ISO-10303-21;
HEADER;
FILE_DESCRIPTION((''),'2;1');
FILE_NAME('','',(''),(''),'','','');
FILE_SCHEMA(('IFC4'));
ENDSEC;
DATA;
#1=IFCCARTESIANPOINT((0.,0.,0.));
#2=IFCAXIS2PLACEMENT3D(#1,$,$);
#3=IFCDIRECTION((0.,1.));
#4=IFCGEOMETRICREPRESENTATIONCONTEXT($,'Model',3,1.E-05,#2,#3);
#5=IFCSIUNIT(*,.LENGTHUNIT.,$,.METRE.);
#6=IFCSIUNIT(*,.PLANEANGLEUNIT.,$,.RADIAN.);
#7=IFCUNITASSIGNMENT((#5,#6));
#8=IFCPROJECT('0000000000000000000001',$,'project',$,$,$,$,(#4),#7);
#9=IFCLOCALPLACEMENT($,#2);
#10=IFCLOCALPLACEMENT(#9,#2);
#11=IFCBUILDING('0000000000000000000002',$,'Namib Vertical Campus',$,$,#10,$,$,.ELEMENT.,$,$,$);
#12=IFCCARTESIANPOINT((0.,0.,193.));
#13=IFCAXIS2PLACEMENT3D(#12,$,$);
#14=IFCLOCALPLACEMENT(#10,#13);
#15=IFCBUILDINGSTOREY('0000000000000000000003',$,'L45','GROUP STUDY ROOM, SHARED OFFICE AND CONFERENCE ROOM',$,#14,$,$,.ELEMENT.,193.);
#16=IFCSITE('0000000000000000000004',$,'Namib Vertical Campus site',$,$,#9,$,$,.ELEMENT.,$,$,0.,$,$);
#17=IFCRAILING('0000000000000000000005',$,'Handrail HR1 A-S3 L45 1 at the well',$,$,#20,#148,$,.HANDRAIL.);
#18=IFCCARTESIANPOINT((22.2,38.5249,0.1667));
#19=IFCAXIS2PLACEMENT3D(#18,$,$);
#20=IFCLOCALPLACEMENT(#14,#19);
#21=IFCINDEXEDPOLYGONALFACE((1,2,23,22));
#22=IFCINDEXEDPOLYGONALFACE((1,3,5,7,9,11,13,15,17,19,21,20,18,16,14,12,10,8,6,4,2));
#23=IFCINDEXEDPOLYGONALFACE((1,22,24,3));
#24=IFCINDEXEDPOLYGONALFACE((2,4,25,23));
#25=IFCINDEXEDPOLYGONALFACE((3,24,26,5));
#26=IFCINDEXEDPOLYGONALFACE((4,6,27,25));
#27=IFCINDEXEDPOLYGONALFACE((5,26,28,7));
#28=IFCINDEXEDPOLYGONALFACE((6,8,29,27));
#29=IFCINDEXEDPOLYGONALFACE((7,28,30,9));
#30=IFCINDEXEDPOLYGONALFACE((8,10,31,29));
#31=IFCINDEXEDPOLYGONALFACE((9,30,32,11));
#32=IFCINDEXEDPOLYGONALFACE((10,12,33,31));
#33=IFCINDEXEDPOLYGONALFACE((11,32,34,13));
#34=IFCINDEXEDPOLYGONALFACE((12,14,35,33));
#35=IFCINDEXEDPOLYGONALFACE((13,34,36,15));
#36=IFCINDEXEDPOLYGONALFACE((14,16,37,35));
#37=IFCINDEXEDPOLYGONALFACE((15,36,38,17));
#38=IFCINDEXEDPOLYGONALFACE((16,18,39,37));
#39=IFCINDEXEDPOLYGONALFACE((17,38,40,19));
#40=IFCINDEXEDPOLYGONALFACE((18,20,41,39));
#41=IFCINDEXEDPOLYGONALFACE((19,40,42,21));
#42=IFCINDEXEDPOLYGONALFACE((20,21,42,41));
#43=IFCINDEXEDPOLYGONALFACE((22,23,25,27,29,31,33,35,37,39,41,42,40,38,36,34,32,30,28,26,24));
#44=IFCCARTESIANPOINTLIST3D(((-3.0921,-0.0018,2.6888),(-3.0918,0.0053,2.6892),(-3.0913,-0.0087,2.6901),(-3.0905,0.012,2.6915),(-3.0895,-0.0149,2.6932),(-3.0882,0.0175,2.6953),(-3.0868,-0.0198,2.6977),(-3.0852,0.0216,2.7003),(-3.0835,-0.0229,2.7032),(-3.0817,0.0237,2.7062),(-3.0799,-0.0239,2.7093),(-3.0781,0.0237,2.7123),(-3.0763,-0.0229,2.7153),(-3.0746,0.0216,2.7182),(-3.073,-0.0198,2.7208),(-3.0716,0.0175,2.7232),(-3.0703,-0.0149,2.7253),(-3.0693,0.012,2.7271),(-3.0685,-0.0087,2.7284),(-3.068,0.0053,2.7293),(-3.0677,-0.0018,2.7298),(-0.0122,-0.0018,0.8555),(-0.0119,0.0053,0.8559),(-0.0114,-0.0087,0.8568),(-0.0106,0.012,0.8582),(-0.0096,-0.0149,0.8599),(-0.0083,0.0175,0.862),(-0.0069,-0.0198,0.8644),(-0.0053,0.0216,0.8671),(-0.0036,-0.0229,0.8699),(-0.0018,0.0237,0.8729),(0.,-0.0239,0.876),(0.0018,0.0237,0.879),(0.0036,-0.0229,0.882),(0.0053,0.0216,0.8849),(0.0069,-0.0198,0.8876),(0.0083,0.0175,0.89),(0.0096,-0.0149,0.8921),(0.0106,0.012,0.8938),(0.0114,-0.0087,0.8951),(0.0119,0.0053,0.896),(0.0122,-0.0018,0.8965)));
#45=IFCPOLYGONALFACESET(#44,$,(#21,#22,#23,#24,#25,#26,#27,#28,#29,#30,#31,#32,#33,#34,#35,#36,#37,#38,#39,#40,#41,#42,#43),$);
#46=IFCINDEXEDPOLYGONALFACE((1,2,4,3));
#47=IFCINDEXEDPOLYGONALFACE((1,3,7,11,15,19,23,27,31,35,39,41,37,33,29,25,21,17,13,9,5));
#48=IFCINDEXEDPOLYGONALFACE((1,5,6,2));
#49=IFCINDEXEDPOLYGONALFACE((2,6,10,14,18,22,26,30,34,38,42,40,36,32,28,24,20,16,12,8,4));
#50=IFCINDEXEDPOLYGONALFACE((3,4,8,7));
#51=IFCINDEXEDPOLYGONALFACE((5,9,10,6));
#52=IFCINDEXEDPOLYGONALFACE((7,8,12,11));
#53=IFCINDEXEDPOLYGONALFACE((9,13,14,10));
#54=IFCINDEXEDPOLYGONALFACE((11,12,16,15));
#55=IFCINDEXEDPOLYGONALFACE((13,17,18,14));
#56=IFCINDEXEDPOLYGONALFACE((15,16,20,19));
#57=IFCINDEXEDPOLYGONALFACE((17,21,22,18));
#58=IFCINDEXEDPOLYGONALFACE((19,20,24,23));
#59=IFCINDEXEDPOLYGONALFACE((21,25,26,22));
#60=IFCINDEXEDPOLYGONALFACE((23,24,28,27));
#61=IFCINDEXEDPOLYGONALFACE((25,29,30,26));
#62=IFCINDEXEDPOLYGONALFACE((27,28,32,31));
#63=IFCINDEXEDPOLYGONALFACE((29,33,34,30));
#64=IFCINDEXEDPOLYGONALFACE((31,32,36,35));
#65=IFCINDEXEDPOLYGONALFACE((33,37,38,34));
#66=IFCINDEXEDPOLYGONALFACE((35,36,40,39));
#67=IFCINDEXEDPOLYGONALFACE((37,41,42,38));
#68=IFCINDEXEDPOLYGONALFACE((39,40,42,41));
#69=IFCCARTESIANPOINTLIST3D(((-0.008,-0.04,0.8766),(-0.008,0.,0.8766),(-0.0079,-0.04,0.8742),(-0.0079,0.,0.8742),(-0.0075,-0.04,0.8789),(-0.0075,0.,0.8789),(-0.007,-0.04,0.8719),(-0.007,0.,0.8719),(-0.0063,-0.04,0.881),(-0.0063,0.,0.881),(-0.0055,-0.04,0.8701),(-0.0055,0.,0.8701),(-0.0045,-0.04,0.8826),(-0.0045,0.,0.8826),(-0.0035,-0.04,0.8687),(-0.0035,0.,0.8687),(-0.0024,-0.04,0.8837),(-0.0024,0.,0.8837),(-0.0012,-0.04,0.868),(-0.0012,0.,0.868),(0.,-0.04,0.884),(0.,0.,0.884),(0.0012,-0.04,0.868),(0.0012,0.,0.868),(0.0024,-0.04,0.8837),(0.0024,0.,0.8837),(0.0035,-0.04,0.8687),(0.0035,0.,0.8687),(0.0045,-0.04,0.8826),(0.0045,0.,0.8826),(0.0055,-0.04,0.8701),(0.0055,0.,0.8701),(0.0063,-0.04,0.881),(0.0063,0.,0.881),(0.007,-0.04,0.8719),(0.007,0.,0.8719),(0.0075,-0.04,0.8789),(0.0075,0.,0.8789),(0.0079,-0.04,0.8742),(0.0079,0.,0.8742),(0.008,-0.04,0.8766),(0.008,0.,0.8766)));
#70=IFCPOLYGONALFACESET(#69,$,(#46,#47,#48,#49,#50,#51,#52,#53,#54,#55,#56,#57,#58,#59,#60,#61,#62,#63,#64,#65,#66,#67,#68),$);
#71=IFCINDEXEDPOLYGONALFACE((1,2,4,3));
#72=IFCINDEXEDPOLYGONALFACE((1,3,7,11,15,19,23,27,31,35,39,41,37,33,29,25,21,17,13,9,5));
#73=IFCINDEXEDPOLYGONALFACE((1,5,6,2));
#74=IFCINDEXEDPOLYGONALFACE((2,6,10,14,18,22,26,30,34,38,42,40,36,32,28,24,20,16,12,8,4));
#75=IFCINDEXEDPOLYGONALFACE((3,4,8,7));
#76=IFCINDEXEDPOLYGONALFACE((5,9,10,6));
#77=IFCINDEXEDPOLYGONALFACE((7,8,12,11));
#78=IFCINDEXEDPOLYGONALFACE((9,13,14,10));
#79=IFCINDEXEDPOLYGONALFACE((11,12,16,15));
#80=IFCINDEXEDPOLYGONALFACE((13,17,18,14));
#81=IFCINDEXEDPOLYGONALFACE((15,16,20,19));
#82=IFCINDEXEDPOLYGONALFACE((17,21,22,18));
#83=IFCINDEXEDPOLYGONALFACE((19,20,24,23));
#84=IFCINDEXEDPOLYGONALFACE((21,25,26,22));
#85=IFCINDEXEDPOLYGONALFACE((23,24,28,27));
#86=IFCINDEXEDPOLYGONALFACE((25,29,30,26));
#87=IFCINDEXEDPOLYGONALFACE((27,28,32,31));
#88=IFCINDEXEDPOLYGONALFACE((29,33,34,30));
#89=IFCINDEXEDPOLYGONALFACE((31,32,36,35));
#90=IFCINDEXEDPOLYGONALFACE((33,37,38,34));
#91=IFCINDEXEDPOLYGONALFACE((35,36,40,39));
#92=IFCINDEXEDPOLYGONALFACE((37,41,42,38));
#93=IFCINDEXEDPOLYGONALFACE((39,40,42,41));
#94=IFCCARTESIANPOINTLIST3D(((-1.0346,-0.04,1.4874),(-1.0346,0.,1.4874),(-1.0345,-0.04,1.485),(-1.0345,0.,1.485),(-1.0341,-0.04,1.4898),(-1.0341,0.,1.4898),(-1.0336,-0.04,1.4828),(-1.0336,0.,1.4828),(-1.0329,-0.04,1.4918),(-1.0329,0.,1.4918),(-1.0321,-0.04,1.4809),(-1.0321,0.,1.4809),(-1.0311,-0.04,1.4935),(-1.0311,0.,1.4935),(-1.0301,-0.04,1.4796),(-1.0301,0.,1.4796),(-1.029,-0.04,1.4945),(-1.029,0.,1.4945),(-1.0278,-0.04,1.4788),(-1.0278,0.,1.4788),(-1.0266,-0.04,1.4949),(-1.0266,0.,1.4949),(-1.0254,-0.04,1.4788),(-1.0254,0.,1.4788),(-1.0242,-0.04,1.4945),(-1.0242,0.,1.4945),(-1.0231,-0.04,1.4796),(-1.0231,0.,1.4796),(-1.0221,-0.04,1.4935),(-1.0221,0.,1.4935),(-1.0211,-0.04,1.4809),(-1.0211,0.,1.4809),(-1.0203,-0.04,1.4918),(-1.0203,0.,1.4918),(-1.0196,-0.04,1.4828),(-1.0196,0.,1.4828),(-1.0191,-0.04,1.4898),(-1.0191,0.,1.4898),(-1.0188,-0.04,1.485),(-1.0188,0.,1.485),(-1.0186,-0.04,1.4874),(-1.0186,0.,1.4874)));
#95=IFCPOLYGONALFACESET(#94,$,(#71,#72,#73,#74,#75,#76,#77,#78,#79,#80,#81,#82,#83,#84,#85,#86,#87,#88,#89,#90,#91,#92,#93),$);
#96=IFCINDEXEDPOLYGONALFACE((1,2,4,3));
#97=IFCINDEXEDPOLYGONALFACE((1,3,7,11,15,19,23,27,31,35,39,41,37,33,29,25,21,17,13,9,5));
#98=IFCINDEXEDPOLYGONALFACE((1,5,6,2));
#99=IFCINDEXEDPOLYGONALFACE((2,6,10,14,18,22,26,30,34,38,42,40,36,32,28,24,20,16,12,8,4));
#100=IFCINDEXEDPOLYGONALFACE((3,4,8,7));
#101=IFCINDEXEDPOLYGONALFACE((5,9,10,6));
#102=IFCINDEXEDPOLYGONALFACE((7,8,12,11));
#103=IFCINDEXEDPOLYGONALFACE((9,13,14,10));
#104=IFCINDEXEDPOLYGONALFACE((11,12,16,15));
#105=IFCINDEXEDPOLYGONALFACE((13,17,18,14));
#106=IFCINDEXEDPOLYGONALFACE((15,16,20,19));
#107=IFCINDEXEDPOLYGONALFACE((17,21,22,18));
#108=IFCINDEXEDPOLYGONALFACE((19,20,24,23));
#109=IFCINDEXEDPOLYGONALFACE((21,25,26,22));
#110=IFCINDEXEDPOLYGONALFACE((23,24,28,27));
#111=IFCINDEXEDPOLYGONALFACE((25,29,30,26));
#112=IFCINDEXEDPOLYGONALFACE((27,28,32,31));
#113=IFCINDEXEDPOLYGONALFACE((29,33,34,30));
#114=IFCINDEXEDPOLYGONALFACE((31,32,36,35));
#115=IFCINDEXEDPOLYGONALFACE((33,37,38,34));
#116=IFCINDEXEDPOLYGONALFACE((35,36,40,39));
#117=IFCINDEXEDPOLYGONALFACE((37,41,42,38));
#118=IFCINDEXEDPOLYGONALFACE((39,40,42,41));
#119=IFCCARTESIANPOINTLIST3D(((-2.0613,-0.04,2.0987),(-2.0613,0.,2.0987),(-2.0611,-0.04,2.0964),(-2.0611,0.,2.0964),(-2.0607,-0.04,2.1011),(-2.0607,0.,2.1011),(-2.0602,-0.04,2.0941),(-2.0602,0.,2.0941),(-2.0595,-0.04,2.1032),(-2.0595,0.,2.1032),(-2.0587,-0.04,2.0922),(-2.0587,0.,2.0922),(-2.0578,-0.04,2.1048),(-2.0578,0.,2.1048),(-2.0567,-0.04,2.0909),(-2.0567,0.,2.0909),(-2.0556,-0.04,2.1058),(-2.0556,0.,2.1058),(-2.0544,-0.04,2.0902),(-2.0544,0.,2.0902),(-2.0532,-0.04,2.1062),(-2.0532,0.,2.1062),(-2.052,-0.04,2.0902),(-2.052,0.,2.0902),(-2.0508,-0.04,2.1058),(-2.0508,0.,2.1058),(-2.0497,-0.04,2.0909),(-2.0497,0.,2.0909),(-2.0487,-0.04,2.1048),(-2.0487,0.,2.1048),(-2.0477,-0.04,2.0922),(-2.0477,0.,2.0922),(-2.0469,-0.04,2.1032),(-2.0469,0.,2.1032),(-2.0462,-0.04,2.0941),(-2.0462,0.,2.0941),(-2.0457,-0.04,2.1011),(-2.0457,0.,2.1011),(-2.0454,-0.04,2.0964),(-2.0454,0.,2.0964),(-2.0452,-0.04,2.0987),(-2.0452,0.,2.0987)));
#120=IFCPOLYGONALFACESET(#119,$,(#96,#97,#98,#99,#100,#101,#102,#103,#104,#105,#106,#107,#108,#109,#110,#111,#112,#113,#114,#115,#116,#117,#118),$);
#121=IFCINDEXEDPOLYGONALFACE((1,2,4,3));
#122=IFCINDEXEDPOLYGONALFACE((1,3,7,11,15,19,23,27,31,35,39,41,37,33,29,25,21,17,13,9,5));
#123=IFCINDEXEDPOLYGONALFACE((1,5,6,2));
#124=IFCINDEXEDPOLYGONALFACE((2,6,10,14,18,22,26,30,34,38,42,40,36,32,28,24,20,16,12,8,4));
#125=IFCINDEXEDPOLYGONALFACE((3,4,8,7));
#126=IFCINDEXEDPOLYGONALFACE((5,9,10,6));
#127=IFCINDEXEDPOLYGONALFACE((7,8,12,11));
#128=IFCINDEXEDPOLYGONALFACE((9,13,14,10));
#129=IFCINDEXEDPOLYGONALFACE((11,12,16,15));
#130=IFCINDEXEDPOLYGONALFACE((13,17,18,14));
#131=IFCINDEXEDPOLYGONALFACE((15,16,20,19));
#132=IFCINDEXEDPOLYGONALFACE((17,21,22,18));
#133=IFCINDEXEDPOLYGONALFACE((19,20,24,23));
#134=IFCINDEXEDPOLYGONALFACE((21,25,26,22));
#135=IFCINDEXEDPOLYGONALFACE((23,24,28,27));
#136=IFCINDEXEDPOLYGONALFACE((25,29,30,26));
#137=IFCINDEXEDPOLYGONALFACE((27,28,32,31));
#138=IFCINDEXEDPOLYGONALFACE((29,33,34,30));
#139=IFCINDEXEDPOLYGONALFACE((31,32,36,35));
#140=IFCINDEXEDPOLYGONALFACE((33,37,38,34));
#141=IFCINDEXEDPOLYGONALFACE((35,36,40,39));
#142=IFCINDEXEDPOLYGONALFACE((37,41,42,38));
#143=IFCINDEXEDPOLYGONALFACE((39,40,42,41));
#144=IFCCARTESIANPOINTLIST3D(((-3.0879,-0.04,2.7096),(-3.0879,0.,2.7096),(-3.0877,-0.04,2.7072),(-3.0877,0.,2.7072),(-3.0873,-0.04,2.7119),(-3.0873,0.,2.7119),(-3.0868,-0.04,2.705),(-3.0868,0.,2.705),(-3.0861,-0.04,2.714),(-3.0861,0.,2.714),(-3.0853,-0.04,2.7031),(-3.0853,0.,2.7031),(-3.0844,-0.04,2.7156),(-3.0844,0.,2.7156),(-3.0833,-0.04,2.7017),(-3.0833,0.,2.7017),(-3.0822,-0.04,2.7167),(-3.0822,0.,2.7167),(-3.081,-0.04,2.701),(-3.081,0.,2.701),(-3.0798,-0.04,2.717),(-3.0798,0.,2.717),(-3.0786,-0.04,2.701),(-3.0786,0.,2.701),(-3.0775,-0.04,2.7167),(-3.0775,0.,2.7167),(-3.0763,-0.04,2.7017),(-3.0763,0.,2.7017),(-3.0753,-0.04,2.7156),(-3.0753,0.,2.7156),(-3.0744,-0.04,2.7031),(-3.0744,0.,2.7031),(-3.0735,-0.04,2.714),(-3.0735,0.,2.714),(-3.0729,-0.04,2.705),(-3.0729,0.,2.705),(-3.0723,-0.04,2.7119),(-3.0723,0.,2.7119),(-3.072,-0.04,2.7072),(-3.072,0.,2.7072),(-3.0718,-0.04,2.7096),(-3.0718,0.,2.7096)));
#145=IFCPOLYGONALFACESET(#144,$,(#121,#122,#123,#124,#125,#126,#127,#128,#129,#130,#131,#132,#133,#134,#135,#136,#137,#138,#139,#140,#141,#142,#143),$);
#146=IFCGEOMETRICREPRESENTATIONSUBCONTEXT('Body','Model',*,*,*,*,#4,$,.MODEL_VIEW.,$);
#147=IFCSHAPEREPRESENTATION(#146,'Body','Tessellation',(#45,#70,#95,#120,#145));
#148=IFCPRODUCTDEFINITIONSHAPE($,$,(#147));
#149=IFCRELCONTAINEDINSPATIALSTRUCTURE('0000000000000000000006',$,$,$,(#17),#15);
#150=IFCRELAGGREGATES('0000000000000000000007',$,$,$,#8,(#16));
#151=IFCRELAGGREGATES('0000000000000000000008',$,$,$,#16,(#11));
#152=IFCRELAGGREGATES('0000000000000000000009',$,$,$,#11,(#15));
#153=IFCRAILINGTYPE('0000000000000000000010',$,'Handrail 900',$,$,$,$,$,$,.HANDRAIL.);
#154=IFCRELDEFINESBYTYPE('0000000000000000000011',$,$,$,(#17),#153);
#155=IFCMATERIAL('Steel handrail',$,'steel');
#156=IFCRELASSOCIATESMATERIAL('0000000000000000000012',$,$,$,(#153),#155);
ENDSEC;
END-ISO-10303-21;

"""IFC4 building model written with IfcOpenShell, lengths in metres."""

from ifc_helpers import new_model, si_unit, direction, frame, origin, origin_2d, place, context, subcontext, project, spatial, circle, extrude, material, type_object, element, save


model = new_model("IFC4")

# Units and contexts
model_context = context("Model", 3, precision=1e-05, world=origin(), true_north=direction((0.0, 1.0)))
body_context = subcontext(model_context, "Body", "Model", "MODEL_VIEW")
ifc_project = project(units=[si_unit("LENGTHUNIT", "METRE"), si_unit("PLANEANGLEUNIT", "RADIAN")], contexts=[model_context])

# Site, building, storey
site_placement = place(None, origin())
site = spatial("IfcSite", under=ifc_project, at=site_placement, Name="Namib Vertical Campus site", CompositionType="ELEMENT", RefElevation=0.0)
building_placement = place(site_placement, origin())
building = spatial("IfcBuilding", under=site, at=building_placement, Name="Namib Vertical Campus", CompositionType="ELEMENT")
storey_placement = place(building_placement, frame((0.0, 0.0, 193.0)))
storey = spatial("IfcBuildingStorey", under=building, at=storey_placement, Name="L45", Description="GROUP STUDY ROOM, SHARED OFFICE AND CONFERENCE ROOM", CompositionType="ELEMENT", Elevation=193.0)

# Railing
ifc_material_1 = material(Name="Steel handrail", Category="steel")
railing_type_1 = type_object("IfcRailingType", Name="Handrail 900", PredefinedType="HANDRAIL", material=ifc_material_1)
railing_1_placement = place(storey_placement, frame((22.2, 38.5249, 0.1667)))
element("IfcRailing", 1, at=railing_1_placement, inside=storey, type_object=railing_type_1, Name="Handrail HR1 A-S3 L45 1 at the well", PredefinedType="HANDRAIL", context=body_context, shape_type="SweptSolid", body=[
    extrude(circle(Radius=0.0239, at=origin_2d()), frame((0.0, 0.0, 0.876), z_axis=(-0.859291, 0.0, 0.511487), x_axis=(0.0, -1.0, 0.0)), (0.0, 0.0, 1.0), 3.5842),
    extrude(circle(Radius=0.0081, at=origin_2d()), frame((0.0, 0.0, 0.876), z_axis=(0.0, -1.0, 0.0), x_axis=(0.0, 0.0, 1.0)), (0.0, 0.0, 1.0), 0.04),
    extrude(circle(Radius=0.0081, at=origin_2d()), frame((-1.0266, 0.0, 1.4868), z_axis=(0.0, -1.0, 0.0), x_axis=(0.0, 0.0, 1.0)), (0.0, 0.0, 1.0), 0.04),
    extrude(circle(Radius=0.0081, at=origin_2d()), frame((-2.0532, 0.0, 2.0981), z_axis=(0.0, -1.0, 0.0), x_axis=(0.0, 0.0, 1.0)), (0.0, 0.0, 1.0), 0.04),
    extrude(circle(Radius=0.0081, at=origin_2d()), frame((-3.0798, 0.0, 2.709), z_axis=(0.0, -1.0, 0.0), x_axis=(0.0, 0.0, 1.0)), (0.0, 0.0, 1.0), 0.04),
])

save(model, "model.ifc")
